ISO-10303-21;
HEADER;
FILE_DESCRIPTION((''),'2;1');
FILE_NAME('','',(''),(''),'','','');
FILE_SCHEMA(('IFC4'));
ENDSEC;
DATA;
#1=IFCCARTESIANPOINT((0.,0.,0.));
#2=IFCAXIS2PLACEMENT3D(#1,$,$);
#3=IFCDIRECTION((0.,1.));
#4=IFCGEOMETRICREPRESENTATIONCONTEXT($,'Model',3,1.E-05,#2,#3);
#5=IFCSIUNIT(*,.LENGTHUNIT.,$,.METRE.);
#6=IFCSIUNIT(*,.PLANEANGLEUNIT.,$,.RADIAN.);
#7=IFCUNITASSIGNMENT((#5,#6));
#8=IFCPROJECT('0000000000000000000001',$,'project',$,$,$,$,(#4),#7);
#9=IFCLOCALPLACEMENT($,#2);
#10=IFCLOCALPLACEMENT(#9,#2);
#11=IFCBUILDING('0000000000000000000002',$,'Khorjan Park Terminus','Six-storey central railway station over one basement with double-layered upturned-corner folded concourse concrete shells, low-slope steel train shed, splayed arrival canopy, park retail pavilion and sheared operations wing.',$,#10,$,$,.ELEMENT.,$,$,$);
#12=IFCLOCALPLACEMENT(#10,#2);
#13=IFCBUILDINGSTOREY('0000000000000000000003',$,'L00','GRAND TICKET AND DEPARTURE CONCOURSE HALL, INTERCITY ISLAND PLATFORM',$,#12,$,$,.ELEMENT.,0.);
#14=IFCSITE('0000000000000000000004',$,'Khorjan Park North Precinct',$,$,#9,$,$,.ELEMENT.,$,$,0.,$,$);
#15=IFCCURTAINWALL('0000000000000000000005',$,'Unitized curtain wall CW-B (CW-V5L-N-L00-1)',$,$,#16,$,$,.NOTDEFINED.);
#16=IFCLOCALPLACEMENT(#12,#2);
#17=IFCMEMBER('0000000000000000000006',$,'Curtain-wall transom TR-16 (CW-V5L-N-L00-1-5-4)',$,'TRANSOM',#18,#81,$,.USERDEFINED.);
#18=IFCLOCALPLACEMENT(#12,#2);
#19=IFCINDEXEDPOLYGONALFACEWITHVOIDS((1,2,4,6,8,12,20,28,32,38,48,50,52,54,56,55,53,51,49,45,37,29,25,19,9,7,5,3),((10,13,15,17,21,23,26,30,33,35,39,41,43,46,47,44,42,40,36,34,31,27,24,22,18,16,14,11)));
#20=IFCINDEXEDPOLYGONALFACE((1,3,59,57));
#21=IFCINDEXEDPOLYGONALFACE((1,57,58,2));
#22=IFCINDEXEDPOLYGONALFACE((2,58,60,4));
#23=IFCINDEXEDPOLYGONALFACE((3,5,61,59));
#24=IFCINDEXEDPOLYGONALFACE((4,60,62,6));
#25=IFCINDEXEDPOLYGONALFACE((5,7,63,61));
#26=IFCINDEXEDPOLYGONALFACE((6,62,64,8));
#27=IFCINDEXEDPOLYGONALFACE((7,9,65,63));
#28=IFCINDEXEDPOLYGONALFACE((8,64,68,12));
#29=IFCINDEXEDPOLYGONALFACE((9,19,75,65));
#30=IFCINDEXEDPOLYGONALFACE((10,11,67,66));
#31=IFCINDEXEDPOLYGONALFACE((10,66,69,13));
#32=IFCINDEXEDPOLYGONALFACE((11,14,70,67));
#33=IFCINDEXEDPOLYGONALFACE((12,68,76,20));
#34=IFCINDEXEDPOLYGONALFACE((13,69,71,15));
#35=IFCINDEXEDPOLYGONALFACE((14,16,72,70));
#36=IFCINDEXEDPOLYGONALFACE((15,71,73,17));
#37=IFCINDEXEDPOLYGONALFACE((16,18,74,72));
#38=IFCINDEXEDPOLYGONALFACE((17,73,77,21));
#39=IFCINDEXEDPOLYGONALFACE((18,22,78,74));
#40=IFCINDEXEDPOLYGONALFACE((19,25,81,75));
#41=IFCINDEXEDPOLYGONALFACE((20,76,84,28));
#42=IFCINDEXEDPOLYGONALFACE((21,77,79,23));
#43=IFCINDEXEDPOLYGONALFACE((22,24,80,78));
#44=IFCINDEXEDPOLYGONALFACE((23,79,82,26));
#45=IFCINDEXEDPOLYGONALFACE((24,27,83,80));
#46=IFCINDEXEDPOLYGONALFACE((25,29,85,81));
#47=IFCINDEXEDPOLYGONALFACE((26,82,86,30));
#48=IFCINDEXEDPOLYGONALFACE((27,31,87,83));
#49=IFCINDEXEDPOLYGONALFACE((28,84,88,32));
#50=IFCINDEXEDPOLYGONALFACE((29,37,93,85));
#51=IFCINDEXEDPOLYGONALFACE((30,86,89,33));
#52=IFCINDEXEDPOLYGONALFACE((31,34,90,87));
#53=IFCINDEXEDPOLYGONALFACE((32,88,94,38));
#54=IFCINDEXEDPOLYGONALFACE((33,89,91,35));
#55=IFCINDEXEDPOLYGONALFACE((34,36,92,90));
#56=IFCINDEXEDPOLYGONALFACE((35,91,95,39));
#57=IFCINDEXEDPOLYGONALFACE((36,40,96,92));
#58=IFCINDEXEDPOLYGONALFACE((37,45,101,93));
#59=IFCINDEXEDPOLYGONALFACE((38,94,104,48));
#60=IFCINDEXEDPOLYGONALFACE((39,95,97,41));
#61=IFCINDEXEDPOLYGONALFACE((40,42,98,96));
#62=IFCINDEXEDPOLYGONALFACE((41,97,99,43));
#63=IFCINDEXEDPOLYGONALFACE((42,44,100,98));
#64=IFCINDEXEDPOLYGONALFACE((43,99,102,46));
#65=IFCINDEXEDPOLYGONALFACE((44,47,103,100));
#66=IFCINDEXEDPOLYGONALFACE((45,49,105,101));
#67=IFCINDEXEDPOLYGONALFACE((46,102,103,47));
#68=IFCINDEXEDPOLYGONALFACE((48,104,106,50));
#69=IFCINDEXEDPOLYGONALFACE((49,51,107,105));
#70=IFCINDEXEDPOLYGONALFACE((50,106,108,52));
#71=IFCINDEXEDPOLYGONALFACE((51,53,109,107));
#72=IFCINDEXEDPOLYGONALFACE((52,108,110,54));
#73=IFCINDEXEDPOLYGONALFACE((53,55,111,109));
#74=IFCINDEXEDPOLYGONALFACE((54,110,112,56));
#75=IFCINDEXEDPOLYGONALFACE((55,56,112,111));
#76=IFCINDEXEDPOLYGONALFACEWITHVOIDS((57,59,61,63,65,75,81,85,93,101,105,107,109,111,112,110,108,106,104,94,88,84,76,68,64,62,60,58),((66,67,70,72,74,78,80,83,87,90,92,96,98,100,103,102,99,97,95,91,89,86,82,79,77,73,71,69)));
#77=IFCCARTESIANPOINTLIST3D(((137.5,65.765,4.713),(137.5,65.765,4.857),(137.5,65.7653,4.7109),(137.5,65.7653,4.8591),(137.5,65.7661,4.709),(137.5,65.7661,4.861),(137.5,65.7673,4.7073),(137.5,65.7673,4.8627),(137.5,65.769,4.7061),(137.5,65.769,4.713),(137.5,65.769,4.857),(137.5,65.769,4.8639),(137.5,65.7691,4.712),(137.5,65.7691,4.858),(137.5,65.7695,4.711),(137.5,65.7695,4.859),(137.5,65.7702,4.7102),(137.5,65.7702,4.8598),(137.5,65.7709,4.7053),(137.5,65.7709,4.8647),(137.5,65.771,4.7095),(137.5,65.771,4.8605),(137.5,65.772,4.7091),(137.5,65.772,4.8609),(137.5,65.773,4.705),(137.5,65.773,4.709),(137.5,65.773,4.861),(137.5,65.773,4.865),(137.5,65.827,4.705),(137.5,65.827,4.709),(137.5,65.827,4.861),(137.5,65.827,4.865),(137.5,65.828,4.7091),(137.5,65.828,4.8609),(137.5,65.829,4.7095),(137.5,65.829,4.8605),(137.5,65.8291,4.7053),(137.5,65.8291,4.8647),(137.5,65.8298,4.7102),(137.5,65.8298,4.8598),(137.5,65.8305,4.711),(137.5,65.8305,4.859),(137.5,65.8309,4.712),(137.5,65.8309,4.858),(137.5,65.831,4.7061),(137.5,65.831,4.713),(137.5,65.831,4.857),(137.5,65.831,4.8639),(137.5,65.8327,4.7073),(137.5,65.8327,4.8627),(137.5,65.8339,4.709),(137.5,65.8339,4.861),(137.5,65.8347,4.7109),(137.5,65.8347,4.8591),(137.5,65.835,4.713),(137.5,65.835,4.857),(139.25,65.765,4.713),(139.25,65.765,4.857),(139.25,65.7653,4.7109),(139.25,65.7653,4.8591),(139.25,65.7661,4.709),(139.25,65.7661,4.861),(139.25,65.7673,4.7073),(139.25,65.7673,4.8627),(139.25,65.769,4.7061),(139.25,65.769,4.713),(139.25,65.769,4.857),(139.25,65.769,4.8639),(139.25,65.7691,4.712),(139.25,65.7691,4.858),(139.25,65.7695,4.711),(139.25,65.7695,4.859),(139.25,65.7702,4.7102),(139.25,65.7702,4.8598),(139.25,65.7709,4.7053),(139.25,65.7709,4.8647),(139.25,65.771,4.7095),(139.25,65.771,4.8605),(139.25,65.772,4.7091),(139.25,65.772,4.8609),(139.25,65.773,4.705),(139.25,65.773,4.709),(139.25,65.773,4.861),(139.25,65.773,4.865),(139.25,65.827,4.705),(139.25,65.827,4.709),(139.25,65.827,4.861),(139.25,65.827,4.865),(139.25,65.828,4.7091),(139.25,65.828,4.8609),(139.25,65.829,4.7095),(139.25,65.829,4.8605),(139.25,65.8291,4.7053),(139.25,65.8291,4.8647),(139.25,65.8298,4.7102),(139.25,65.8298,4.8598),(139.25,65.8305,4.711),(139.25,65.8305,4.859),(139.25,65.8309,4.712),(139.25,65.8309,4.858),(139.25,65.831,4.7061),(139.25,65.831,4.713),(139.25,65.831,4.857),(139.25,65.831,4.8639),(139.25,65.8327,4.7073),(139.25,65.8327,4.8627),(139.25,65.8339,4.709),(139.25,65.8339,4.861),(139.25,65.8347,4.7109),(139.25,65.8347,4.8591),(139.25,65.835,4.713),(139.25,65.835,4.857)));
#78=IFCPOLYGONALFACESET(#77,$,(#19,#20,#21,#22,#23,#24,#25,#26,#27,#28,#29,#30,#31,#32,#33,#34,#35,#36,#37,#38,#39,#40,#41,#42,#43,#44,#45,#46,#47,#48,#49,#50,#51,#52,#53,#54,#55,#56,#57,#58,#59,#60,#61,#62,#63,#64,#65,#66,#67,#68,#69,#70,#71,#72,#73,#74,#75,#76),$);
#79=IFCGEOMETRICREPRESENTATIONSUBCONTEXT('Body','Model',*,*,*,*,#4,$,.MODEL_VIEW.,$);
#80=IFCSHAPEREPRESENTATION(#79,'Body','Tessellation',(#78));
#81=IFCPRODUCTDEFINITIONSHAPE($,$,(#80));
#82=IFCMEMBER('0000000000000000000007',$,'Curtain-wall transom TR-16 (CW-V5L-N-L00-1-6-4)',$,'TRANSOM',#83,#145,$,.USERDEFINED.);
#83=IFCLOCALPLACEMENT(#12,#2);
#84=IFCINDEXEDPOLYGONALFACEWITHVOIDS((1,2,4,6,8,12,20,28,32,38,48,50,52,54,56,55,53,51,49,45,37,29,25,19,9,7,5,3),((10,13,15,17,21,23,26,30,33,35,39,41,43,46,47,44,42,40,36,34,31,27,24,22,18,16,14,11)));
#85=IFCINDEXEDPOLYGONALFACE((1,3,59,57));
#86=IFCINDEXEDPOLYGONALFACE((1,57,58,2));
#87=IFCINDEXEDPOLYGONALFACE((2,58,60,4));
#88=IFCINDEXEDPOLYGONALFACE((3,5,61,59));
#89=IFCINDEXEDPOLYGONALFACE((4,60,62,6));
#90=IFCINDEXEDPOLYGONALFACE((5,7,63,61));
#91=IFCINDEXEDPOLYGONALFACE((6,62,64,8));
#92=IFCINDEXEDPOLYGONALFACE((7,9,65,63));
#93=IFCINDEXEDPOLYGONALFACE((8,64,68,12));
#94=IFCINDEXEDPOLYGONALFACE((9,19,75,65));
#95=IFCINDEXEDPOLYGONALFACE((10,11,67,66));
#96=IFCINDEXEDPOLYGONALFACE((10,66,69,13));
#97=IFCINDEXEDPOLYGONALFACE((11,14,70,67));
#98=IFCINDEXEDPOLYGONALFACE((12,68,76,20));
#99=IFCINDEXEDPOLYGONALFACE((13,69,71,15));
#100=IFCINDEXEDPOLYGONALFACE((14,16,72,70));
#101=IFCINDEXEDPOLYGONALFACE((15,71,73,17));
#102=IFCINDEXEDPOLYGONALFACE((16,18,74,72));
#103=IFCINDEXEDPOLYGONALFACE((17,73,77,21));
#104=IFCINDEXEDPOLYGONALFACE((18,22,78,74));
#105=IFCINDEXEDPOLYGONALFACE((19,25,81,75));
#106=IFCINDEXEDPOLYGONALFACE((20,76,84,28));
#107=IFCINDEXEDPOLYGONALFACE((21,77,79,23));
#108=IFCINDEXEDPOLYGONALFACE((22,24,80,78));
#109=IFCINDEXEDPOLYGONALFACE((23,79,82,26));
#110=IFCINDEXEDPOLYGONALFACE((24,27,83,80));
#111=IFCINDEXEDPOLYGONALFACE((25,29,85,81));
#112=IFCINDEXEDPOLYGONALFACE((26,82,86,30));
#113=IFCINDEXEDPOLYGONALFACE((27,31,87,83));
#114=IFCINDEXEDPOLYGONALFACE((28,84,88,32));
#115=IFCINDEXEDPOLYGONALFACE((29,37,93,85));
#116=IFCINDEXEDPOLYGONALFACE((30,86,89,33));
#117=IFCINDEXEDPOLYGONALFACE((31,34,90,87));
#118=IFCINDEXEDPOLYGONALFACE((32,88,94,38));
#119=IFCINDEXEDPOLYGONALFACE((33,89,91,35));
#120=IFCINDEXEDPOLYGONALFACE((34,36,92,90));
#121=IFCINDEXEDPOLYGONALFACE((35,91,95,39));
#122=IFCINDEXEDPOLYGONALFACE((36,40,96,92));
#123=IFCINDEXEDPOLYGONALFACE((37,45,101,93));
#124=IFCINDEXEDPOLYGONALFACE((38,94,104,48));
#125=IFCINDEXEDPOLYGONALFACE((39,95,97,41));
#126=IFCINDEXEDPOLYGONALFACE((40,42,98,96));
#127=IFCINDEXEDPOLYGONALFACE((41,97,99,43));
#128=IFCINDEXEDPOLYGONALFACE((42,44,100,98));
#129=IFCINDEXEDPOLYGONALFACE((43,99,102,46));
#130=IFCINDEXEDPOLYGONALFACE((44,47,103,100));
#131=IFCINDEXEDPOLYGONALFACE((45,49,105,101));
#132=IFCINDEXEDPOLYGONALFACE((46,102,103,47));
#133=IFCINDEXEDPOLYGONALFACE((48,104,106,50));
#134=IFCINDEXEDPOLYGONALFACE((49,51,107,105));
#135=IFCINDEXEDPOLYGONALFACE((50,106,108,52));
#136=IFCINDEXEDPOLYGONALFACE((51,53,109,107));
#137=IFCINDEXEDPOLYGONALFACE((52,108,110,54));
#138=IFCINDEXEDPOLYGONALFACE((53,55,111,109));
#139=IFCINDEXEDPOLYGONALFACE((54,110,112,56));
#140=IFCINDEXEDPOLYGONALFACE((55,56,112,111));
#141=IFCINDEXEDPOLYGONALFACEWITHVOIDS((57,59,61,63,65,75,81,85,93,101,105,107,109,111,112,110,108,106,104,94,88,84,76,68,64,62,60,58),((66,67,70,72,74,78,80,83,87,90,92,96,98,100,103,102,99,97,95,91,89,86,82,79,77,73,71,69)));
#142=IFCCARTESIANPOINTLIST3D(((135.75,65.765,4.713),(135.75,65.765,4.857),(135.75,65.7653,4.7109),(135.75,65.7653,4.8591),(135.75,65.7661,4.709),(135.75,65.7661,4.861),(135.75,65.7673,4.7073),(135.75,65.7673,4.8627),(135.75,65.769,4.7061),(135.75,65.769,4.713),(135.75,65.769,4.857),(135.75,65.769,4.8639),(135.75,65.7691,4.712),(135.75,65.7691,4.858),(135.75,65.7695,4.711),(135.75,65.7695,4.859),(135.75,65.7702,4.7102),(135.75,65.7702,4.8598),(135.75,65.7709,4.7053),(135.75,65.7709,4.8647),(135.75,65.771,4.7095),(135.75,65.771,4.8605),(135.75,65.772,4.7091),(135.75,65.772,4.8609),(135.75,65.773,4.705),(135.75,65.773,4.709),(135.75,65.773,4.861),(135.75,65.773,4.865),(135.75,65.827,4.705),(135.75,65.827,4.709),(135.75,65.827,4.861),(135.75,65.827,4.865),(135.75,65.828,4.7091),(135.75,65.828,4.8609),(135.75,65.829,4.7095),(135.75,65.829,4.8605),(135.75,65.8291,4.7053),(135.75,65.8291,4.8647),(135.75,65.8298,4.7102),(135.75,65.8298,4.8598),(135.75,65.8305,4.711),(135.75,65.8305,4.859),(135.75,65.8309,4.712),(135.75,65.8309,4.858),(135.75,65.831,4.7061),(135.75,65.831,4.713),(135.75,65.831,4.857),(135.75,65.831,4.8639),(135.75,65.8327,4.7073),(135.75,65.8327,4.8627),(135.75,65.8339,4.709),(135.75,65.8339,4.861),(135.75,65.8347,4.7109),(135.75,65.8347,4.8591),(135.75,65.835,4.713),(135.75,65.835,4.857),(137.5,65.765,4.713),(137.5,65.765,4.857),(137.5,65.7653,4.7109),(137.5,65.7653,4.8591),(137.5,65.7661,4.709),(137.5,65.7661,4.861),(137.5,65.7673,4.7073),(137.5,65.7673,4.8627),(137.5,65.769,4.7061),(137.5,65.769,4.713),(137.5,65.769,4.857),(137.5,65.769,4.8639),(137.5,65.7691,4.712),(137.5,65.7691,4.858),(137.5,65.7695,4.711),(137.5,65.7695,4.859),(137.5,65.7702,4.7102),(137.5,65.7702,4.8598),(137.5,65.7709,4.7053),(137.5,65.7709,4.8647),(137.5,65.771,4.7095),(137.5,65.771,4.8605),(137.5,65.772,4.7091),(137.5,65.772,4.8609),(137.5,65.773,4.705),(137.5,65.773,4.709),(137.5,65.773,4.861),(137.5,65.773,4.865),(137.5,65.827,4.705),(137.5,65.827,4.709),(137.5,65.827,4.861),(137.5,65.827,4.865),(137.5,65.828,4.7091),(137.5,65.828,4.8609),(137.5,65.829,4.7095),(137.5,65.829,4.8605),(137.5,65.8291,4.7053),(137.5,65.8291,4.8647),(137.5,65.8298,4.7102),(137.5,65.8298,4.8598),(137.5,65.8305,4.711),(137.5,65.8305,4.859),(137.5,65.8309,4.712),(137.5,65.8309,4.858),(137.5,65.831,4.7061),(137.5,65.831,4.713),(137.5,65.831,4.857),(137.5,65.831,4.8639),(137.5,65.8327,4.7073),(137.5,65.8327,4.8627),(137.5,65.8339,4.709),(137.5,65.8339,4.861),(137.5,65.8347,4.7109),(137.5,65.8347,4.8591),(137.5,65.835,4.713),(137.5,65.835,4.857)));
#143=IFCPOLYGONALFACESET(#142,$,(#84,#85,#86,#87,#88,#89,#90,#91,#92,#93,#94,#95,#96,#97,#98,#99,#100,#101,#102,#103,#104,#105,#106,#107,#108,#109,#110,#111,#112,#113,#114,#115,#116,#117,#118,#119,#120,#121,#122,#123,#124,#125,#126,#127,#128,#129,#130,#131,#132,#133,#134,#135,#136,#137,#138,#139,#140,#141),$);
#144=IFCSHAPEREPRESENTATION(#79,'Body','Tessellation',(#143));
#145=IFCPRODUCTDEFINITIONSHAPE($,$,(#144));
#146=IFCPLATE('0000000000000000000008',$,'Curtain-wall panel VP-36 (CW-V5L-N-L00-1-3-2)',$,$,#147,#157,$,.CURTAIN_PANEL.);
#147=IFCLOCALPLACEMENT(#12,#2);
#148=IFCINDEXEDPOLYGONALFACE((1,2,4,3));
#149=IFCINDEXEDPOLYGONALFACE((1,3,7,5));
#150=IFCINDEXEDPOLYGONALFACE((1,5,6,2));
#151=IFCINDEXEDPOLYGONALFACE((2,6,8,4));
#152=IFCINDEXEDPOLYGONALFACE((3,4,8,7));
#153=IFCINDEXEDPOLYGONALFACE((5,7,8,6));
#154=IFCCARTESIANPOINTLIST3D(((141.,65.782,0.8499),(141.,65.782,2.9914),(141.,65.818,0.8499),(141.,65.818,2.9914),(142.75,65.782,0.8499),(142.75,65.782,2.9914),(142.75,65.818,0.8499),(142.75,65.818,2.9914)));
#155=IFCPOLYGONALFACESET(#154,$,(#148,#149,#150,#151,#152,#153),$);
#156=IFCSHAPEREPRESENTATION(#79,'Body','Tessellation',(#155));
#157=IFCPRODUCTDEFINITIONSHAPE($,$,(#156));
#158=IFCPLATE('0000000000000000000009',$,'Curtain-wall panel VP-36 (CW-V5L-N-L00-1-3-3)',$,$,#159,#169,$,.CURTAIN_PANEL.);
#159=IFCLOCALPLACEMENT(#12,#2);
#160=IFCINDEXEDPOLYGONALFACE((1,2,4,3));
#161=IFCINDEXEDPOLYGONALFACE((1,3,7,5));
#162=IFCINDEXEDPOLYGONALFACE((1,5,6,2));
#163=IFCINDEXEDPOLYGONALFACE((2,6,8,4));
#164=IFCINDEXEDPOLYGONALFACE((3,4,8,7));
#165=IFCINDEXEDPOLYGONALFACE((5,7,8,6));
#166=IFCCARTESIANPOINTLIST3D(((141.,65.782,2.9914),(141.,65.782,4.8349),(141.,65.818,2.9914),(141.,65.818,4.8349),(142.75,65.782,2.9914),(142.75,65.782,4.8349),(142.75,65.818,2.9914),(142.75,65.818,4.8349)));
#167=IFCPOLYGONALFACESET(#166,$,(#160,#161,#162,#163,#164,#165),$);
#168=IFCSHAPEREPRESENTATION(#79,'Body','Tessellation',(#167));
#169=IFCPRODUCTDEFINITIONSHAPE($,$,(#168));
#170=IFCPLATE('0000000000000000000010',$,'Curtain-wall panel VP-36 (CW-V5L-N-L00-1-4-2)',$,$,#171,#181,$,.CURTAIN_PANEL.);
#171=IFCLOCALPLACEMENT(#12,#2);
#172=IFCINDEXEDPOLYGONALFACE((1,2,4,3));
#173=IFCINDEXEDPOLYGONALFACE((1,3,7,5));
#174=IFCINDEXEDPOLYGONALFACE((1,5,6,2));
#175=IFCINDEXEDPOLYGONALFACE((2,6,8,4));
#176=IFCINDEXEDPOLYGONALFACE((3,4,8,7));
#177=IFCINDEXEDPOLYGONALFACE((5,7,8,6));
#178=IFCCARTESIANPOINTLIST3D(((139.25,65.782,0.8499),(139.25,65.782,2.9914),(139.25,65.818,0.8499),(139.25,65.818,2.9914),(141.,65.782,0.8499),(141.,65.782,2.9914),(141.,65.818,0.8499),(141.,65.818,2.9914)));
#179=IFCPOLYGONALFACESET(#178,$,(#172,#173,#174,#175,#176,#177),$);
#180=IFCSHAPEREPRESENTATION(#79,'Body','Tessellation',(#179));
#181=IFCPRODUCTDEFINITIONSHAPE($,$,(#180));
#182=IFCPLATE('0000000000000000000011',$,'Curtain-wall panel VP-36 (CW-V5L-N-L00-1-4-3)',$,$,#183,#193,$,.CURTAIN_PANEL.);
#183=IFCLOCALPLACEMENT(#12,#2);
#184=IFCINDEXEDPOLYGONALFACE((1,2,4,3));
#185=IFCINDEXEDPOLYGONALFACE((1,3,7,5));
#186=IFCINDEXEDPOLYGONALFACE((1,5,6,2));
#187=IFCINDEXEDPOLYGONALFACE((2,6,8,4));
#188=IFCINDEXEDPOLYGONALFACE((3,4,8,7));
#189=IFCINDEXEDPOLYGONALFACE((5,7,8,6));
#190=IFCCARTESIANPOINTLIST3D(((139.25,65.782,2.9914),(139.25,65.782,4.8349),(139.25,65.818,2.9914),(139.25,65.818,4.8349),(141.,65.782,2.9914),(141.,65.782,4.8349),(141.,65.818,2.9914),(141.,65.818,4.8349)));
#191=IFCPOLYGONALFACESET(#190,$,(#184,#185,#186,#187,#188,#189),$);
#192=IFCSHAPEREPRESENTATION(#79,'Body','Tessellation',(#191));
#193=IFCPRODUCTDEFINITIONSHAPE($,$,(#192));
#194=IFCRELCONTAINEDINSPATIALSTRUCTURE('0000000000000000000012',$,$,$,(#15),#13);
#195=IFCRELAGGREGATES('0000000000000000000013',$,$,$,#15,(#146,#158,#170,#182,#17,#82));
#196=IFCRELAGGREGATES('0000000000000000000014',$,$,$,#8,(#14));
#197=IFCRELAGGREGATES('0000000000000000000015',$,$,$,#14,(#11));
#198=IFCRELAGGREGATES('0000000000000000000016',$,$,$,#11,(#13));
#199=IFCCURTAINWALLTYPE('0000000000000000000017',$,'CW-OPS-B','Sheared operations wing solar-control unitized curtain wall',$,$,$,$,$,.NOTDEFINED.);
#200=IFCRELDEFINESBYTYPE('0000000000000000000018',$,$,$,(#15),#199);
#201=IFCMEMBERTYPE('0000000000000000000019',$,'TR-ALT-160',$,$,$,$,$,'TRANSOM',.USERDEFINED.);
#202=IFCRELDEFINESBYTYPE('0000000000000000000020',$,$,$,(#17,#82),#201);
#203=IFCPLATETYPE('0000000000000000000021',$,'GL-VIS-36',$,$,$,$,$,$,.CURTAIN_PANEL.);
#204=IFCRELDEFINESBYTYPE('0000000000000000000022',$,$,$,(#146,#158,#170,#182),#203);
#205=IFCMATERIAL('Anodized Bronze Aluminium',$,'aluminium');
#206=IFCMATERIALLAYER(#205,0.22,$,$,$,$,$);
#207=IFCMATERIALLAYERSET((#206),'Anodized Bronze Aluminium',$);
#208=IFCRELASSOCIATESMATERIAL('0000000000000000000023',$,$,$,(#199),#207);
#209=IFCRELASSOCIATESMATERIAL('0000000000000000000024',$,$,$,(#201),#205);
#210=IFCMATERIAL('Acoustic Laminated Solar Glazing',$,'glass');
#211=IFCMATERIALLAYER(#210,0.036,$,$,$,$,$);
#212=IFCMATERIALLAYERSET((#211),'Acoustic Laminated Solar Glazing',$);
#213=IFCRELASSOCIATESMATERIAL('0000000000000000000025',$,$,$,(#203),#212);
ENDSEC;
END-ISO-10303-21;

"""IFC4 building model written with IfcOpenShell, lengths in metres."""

from ifc_helpers import new_model, si_unit, direction, frame, origin, origin_2d, place, context, subcontext, project, spatial, rectangle, hollow_rectangle, extrude, material, layer, layer_set, material_profile, profile_set, type_object, element, aggregate, save


model = new_model("IFC4")

# Units and contexts
model_context = context("Model", 3, precision=1e-05, world=origin(), true_north=direction((0.0, 1.0)))
body_context = subcontext(model_context, "Body", "Model", "MODEL_VIEW")
ifc_project = project(units=[si_unit("LENGTHUNIT", "METRE"), si_unit("PLANEANGLEUNIT", "RADIAN")], contexts=[model_context])

# Site, building, storey
site_placement = place(None, origin())
site = spatial("IfcSite", under=ifc_project, at=site_placement, Name="Khorjan Park North Precinct", CompositionType="ELEMENT", RefElevation=0.0)
building_placement = place(site_placement, origin())
building = spatial("IfcBuilding", under=site, at=building_placement, Name="Khorjan Park Terminus", Description="Six-storey central railway station over one basement with double-layered upturned-corner folded concourse concrete shells, low-slope steel train shed, splayed arrival canopy, park retail pavilion and sheared operations wing.", CompositionType="ELEMENT")
storey_placement = place(building_placement, origin())
storey = spatial("IfcBuildingStorey", under=building, at=storey_placement, Name="L00", Description="GRAND TICKET AND DEPARTURE CONCOURSE HALL, INTERCITY ISLAND PLATFORM", CompositionType="ELEMENT", Elevation=0.0)

# Curtain wall, members, plates
ifc_material_1 = material(Name="Anodized Bronze Aluminium", Category="aluminium")
ifc_layer_1 = layer(ifc_material_1, 0.22)
ifc_layer_set_1 = layer_set([ifc_layer_1], Name="Anodized Bronze Aluminium")
curtain_wall_type = type_object("IfcCurtainWallType", Name="CW-OPS-B", Description="Sheared operations wing solar-control unitized curtain wall", PredefinedType="NOTDEFINED", material=ifc_layer_set_1)
curtain_wall_placement = place(storey_placement, origin())
curtain_wall = element("IfcCurtainWall", 1, at=curtain_wall_placement, inside=storey, type_object=curtain_wall_type, Name="Unitized curtain wall CW-B (CW-V5L-N-L00-1)", PredefinedType="NOTDEFINED")
ifc_material_profile_1 = material_profile(ifc_material_1, hollow_rectangle(XDim=0.07, YDim=0.16, WallThickness=0.004, InnerFilletRadius=0.004, OuterFilletRadius=0.008, at=origin_2d()), Name="ALT 70x160x4")
ifc_profile_set_1 = profile_set([ifc_material_profile_1], Name="Anodized Bronze Aluminium")
member_type_1 = type_object("IfcMemberType", Name="TR-ALT-160", ElementType="TRANSOM", PredefinedType="USERDEFINED", material=ifc_profile_set_1)
member_1_placement = place(storey_placement, frame((139.25, 65.8, 4.785), z_axis=(-1.0, 0.0, 0.0), x_axis=(0.0, -1.0, 0.0)))
member_1 = element("IfcMember", 2, at=member_1_placement, type_object=member_type_1, Name="Curtain-wall transom TR-16 (CW-V5L-N-L00-1-5-4)", ObjectType="TRANSOM", PredefinedType="USERDEFINED", context=body_context, shape_type="SweptSolid", body=[
    extrude(hollow_rectangle(XDim=0.07, YDim=0.16, WallThickness=0.004, InnerFilletRadius=0.004, OuterFilletRadius=0.008, at=origin_2d()), origin(), (0.0, 0.0, 1.0), 1.75),
])
member_2_placement = place(storey_placement, frame((137.5, 65.8, 4.785), z_axis=(-1.0, 0.0, 0.0), x_axis=(0.0, -1.0, 0.0)))
member_2 = element("IfcMember", 3, at=member_2_placement, type_object=member_type_1, Name="Curtain-wall transom TR-16 (CW-V5L-N-L00-1-6-4)", ObjectType="TRANSOM", PredefinedType="USERDEFINED", context=body_context, shape_type="SweptSolid", body=[
    extrude(hollow_rectangle(XDim=0.07, YDim=0.16, WallThickness=0.004, InnerFilletRadius=0.004, OuterFilletRadius=0.008, at=origin_2d()), origin(), (0.0, 0.0, 1.0), 1.75),
])
ifc_material_2 = material(Name="Acoustic Laminated Solar Glazing", Category="glass")
ifc_layer_2 = layer(ifc_material_2, 0.036)
ifc_layer_set_2 = layer_set([ifc_layer_2], Name="Acoustic Laminated Solar Glazing")
plate_type_1 = type_object("IfcPlateType", Name="GL-VIS-36", PredefinedType="CURTAIN_PANEL", material=ifc_layer_set_2)
plate_1_placement = place(storey_placement, frame((141.875, 65.8, 0.8499), z_axis=(0.0, 0.0, 1.0), x_axis=(-1.0, 0.0, 0.0)))
plate_1 = element("IfcPlate", 4, at=plate_1_placement, type_object=plate_type_1, Name="Curtain-wall panel VP-36 (CW-V5L-N-L00-1-3-2)", PredefinedType="CURTAIN_PANEL", context=body_context, shape_type="SweptSolid", body=[
    extrude(rectangle(XDim=1.75, YDim=0.036, at=origin_2d()), origin(), (0.0, 0.0, 1.0), 2.1415),
])
plate_2_placement = place(storey_placement, frame((141.875, 65.8, 2.9914), z_axis=(0.0, 0.0, 1.0), x_axis=(-1.0, 0.0, 0.0)))
plate_2 = element("IfcPlate", 5, at=plate_2_placement, type_object=plate_type_1, Name="Curtain-wall panel VP-36 (CW-V5L-N-L00-1-3-3)", PredefinedType="CURTAIN_PANEL", context=body_context, shape_type="SweptSolid", body=[
    extrude(rectangle(XDim=1.75, YDim=0.036, at=origin_2d()), origin(), (0.0, 0.0, 1.0), 1.8435),
])
plate_3_placement = place(storey_placement, frame((140.125, 65.8, 0.8499), z_axis=(0.0, 0.0, 1.0), x_axis=(-1.0, 0.0, 0.0)))
plate_3 = element("IfcPlate", 6, at=plate_3_placement, type_object=plate_type_1, Name="Curtain-wall panel VP-36 (CW-V5L-N-L00-1-4-2)", PredefinedType="CURTAIN_PANEL", context=body_context, shape_type="SweptSolid", body=[
    extrude(rectangle(XDim=1.75, YDim=0.036, at=origin_2d()), origin(), (0.0, 0.0, 1.0), 2.1415),
])
plate_4_placement = place(storey_placement, frame((140.125, 65.8, 2.9914), z_axis=(0.0, 0.0, 1.0), x_axis=(-1.0, 0.0, 0.0)))
plate_4 = element("IfcPlate", 7, at=plate_4_placement, type_object=plate_type_1, Name="Curtain-wall panel VP-36 (CW-V5L-N-L00-1-4-3)", PredefinedType="CURTAIN_PANEL", context=body_context, shape_type="SweptSolid", body=[
    extrude(rectangle(XDim=1.75, YDim=0.036, at=origin_2d()), origin(), (0.0, 0.0, 1.0), 1.8435),
])
aggregate(curtain_wall, [plate_1, plate_2, plate_3, plate_4, member_1, member_2])

save(model, "model.ifc")
